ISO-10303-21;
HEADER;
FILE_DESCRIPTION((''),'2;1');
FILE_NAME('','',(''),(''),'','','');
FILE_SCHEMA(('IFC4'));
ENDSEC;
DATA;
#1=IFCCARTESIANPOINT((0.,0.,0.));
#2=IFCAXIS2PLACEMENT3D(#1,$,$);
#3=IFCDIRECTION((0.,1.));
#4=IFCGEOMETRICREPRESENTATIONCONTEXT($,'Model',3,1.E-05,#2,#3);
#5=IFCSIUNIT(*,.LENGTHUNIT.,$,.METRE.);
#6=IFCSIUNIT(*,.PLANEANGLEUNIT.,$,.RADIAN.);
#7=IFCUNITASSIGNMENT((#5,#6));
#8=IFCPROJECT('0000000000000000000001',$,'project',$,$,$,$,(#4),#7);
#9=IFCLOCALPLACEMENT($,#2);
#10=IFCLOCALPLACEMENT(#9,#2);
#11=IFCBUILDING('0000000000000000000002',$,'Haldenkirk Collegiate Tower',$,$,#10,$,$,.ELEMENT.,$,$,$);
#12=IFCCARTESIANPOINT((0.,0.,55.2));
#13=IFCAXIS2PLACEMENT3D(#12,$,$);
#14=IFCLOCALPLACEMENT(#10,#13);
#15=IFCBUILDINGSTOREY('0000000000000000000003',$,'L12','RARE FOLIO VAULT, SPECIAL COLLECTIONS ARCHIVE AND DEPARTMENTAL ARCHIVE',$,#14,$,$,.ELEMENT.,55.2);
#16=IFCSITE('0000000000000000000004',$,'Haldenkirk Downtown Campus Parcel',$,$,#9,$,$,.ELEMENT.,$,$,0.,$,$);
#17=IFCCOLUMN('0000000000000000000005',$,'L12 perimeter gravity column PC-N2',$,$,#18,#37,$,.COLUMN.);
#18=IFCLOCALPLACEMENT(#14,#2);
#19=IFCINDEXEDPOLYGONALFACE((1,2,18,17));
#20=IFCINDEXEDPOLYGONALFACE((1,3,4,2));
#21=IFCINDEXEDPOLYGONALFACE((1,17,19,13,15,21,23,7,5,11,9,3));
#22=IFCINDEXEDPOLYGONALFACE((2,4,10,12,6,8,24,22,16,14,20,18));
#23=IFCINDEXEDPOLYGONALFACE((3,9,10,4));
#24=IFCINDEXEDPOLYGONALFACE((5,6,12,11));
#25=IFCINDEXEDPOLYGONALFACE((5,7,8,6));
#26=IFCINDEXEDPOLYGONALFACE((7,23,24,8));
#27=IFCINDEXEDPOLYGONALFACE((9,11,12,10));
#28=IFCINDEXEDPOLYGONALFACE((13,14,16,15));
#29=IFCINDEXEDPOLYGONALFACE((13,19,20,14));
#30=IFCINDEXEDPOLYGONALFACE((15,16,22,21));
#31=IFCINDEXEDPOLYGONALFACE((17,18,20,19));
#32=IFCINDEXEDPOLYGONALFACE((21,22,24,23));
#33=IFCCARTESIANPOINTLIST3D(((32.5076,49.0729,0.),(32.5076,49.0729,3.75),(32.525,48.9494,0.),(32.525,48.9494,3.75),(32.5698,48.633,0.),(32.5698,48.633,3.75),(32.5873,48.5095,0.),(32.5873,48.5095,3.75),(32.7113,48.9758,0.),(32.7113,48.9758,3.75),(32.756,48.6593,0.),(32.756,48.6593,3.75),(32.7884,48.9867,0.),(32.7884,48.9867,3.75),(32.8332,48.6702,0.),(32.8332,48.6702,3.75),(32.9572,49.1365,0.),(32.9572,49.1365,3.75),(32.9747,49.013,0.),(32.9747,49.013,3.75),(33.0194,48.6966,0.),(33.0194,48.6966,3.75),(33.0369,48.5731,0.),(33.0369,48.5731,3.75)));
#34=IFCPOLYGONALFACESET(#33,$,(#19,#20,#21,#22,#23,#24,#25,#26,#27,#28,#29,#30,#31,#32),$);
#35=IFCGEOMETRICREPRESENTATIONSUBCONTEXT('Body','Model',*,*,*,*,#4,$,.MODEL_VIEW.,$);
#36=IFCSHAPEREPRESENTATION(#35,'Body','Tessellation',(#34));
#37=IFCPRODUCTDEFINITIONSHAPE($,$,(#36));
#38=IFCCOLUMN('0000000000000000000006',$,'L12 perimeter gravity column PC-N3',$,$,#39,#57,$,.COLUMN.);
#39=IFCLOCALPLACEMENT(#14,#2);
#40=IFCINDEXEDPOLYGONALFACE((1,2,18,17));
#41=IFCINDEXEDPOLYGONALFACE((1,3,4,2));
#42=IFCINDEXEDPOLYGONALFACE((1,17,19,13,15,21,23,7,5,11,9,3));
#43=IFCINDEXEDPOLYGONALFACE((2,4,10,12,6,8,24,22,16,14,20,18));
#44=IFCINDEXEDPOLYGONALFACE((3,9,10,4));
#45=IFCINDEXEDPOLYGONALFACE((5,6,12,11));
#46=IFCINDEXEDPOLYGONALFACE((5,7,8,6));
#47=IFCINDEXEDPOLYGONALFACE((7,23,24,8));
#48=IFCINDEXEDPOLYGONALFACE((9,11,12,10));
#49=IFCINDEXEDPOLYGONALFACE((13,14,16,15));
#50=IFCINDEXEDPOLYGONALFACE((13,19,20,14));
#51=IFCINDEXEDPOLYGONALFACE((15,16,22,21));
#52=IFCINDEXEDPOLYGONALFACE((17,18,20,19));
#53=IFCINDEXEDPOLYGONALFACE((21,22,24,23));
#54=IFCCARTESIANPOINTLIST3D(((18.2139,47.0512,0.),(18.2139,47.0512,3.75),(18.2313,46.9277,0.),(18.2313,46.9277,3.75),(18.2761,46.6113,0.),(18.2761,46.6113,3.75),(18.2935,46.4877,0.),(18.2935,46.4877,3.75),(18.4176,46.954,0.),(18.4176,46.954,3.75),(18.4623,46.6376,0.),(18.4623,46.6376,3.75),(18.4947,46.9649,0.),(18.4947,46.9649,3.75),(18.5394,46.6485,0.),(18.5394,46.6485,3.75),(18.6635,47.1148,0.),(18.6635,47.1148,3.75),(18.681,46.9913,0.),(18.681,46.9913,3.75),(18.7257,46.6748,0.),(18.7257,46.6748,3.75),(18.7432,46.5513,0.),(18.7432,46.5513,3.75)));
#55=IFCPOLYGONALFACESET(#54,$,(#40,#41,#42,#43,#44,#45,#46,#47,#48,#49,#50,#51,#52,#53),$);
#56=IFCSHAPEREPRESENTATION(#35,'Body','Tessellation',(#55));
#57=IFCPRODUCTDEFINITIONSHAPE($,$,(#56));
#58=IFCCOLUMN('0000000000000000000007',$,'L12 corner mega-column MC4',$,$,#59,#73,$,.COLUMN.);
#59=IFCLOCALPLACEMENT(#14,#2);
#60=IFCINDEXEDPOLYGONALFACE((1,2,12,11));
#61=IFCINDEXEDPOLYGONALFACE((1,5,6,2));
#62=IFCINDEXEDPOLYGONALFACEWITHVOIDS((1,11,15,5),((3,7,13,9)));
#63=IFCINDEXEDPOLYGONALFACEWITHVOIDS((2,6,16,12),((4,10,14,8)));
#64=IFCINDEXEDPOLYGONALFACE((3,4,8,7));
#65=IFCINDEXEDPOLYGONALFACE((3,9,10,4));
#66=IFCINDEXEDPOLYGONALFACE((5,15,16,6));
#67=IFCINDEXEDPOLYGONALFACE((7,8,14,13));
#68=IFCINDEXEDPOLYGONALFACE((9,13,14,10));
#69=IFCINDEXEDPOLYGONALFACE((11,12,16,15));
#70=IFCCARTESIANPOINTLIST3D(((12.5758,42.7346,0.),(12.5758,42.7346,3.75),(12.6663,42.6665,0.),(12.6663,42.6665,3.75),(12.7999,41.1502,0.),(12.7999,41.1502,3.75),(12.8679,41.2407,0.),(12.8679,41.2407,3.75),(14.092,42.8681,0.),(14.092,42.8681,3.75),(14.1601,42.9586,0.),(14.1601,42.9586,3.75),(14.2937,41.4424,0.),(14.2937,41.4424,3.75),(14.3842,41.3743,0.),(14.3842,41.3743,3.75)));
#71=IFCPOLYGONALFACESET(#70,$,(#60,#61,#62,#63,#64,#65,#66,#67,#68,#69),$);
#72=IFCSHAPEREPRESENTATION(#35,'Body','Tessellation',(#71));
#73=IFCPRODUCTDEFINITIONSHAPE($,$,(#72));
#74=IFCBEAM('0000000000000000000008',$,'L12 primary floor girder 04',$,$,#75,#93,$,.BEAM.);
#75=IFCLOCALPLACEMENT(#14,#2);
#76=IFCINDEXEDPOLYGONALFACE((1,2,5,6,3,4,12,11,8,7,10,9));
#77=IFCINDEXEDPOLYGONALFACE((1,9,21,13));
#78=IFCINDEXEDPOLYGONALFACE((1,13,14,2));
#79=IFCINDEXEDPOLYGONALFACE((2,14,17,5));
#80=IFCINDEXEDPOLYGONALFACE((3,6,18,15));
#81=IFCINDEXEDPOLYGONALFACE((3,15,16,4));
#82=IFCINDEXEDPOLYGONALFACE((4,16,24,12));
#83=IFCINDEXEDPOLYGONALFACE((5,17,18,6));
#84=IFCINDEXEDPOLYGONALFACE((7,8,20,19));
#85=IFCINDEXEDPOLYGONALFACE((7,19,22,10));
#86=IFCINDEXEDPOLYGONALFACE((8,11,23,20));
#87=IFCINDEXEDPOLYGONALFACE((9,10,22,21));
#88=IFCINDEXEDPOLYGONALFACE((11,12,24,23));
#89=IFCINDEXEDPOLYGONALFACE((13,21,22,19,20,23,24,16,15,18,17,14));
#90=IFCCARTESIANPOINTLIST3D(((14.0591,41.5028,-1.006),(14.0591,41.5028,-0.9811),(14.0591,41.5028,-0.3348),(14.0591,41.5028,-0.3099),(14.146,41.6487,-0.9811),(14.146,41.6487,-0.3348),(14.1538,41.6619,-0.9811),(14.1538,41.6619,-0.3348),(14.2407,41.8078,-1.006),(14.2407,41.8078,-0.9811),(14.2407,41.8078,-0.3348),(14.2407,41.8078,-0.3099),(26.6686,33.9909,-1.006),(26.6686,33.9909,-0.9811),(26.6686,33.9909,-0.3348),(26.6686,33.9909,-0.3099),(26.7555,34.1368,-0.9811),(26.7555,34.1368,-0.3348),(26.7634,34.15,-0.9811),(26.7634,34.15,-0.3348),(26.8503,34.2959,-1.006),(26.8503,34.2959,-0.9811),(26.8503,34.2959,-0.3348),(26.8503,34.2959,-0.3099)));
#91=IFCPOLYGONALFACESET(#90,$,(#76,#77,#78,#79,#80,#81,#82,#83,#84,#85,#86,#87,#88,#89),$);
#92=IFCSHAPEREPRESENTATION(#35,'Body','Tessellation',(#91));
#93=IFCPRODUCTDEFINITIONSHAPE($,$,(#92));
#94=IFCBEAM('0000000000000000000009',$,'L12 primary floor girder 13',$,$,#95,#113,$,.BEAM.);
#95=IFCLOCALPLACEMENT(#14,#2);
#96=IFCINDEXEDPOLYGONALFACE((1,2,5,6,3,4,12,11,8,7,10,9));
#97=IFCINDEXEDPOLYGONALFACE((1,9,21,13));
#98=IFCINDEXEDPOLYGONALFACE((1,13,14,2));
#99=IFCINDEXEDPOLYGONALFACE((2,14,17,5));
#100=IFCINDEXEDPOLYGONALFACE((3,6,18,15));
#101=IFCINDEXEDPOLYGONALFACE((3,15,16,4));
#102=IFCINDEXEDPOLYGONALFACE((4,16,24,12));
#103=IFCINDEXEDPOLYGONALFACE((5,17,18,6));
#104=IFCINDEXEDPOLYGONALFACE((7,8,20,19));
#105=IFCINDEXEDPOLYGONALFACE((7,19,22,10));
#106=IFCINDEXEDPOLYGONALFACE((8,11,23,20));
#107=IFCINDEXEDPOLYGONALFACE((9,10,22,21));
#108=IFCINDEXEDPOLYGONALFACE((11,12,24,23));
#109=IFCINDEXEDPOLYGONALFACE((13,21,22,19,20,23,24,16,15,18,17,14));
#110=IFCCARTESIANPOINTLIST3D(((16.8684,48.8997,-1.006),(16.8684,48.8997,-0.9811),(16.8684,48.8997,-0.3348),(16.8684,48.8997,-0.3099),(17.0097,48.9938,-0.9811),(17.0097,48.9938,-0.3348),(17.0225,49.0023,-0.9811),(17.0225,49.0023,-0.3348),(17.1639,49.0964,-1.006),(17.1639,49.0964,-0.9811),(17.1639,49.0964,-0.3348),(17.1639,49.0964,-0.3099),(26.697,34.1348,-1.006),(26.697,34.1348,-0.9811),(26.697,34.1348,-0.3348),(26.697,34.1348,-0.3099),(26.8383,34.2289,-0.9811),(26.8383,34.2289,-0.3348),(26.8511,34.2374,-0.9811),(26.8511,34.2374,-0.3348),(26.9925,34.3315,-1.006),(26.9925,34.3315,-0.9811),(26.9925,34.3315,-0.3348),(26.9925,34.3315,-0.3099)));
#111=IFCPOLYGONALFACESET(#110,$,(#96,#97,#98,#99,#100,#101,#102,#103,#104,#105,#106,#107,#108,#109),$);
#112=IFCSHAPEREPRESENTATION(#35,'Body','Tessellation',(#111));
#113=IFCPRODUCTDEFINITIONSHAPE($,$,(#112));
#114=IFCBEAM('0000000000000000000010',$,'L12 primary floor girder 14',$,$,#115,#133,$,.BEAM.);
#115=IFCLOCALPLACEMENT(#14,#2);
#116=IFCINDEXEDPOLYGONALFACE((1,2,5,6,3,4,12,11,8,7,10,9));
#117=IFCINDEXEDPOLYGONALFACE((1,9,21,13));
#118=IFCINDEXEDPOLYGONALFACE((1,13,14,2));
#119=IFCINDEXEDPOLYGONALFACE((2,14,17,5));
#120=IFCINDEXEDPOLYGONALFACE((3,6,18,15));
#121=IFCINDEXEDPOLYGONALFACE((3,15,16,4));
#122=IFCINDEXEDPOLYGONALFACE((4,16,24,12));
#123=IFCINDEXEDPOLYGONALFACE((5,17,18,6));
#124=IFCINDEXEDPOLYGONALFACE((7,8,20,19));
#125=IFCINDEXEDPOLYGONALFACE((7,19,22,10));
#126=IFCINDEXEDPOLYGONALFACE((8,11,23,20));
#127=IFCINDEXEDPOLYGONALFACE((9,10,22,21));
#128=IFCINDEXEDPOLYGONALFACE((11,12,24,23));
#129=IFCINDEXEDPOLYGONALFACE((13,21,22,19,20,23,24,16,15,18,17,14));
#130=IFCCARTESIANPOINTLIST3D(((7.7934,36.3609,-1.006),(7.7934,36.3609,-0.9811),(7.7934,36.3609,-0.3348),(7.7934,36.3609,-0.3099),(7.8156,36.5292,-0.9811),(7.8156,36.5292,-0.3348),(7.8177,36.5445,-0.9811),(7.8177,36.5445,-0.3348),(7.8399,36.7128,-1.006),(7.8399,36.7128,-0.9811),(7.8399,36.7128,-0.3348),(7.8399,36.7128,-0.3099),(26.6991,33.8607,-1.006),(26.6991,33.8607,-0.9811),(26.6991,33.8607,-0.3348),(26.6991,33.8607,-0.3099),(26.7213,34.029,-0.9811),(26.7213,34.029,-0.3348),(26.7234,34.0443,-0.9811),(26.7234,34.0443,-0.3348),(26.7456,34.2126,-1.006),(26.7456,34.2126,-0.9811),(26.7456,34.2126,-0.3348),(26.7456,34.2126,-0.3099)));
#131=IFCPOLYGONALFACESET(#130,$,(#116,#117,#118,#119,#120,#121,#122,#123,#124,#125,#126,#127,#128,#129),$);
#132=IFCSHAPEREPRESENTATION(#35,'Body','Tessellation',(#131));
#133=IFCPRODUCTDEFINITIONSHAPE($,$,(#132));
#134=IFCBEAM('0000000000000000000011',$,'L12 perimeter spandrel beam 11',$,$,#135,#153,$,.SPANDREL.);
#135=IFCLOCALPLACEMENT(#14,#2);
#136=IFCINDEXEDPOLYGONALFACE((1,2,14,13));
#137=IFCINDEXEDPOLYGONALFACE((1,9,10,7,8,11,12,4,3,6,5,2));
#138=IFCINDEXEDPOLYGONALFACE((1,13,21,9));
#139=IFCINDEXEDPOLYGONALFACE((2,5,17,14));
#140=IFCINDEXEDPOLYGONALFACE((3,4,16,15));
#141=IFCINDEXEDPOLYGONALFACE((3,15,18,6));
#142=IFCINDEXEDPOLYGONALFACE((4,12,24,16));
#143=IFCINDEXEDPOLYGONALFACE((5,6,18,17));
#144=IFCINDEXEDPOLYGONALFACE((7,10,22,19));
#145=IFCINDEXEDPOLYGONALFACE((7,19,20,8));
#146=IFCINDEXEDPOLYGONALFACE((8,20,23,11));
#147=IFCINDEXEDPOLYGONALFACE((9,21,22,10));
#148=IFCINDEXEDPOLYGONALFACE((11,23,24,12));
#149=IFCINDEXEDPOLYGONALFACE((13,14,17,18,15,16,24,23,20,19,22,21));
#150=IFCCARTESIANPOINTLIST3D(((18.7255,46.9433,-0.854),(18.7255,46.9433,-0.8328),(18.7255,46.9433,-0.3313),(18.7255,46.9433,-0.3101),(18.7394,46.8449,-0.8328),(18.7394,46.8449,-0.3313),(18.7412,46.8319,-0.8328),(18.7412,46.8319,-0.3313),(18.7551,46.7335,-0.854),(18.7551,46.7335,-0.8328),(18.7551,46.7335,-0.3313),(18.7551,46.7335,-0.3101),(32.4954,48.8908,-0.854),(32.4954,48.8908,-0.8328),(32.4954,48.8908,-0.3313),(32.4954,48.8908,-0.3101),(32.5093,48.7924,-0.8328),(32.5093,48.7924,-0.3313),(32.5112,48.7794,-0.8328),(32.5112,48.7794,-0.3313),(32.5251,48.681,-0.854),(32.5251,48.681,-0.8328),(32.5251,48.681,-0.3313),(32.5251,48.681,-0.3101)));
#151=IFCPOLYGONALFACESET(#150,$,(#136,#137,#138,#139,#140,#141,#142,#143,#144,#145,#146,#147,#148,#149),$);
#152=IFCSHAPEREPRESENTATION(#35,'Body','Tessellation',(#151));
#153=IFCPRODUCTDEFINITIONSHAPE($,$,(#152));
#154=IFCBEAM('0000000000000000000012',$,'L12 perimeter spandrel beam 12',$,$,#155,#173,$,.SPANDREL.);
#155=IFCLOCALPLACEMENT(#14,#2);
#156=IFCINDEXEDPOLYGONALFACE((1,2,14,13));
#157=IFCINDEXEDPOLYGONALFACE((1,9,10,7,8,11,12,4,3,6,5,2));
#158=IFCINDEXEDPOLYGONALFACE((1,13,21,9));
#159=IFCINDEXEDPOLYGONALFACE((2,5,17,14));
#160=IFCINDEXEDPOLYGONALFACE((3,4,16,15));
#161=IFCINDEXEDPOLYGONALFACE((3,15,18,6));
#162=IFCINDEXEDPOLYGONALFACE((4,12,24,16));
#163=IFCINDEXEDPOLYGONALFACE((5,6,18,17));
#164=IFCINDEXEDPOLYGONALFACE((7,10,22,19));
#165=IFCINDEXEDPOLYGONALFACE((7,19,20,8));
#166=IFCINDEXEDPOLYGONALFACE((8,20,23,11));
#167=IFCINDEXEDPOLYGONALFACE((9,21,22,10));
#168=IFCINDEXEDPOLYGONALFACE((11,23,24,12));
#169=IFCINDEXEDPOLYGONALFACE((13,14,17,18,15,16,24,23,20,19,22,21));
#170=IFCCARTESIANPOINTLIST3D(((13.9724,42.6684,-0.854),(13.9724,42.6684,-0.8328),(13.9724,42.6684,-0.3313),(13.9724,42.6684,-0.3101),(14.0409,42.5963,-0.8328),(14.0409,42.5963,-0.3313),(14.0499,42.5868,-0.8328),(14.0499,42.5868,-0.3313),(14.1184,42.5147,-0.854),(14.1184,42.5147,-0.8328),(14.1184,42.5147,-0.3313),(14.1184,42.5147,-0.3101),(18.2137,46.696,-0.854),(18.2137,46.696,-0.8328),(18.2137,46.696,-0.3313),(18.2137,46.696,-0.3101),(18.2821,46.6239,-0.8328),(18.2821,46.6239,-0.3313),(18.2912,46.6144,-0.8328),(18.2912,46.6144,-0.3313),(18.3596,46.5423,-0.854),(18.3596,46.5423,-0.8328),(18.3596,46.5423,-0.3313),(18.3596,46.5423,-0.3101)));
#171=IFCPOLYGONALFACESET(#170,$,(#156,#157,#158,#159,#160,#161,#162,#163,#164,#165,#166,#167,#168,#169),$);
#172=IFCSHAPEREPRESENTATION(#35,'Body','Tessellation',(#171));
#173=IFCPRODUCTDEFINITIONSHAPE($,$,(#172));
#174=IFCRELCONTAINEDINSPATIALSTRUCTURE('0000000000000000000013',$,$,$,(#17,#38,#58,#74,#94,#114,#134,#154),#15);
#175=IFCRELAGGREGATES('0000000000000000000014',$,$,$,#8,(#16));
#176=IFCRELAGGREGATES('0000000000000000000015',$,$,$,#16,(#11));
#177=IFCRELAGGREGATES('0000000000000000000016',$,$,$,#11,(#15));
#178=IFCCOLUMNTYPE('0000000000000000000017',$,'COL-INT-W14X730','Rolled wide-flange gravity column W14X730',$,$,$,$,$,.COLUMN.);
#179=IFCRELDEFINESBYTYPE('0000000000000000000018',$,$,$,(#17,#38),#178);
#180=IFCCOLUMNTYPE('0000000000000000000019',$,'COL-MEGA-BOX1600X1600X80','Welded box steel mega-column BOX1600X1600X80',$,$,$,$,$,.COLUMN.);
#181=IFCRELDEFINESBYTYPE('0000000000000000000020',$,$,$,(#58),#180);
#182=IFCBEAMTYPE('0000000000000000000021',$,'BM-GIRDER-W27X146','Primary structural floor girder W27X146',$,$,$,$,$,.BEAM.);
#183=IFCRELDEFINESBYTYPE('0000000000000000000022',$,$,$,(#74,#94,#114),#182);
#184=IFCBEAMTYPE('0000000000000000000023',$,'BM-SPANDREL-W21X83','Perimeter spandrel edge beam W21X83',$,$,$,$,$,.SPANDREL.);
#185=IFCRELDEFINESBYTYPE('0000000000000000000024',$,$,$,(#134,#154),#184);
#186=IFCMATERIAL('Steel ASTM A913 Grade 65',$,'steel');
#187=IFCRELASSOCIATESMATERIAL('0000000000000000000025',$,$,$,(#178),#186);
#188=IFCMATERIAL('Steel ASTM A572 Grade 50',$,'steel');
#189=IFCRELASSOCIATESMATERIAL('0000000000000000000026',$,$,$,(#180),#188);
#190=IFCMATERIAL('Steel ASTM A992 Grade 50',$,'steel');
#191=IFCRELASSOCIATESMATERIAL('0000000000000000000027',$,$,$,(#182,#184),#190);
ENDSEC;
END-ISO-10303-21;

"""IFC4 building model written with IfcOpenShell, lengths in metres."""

from ifc_helpers import new_model, si_unit, direction, frame, origin, origin_2d, place, context, subcontext, project, spatial, hollow_rectangle, i_section, extrude, material, material_profile, profile_set, type_object, element, save


model = new_model("IFC4")

# Units and contexts
model_context = context("Model", 3, precision=1e-05, world=origin(), true_north=direction((0.0, 1.0)))
body_context = subcontext(model_context, "Body", "Model", "MODEL_VIEW")
ifc_project = project(units=[si_unit("LENGTHUNIT", "METRE"), si_unit("PLANEANGLEUNIT", "RADIAN")], contexts=[model_context])

# Site, building, storey
site_placement = place(None, origin())
site = spatial("IfcSite", under=ifc_project, at=site_placement, Name="Haldenkirk Downtown Campus Parcel", CompositionType="ELEMENT", RefElevation=0.0)
building_placement = place(site_placement, origin())
building = spatial("IfcBuilding", under=site, at=building_placement, Name="Haldenkirk Collegiate Tower", CompositionType="ELEMENT")
storey_placement = place(building_placement, frame((0.0, 0.0, 55.2)))
storey = spatial("IfcBuildingStorey", under=building, at=storey_placement, Name="L12", Description="RARE FOLIO VAULT, SPECIAL COLLECTIONS ARCHIVE AND DEPARTMENTAL ARCHIVE", CompositionType="ELEMENT", Elevation=55.2)

# Columns
ifc_material_1 = material(Name="Steel ASTM A913 Grade 65", Category="steel")
ifc_material_profile_1 = material_profile(ifc_material_1, i_section(OverallWidth=0.4541, OverallDepth=0.5691, WebThickness=0.0779, FlangeThickness=0.1248, at=origin_2d()), Name="W14X730")
ifc_profile_set_1 = profile_set([ifc_material_profile_1], Name="Steel ASTM A913 Grade 65")
column_type_1 = type_object("IfcColumnType", Name="COL-INT-W14X730", Description="Rolled wide-flange gravity column W14X730", PredefinedType="COLUMN", material=ifc_profile_set_1)
for number, where, z_axis, x_axis, name in (
    (1, (32.7722, 48.823, 0.0), (0.0, 0.0, 1.0), (0.990146, 0.140037, 0.0), "L12 perimeter gravity column PC-N2"),
    (2, (18.4785, 46.8013, 0.0), (0.0, 0.0, 1.0), (0.990146, 0.140037, 0.0), "L12 perimeter gravity column PC-N3"),
):
    element("IfcColumn", number, at=place(storey_placement, frame(where, z_axis=z_axis, x_axis=x_axis)), inside=storey, type_object=column_type_1, Name=name, PredefinedType="COLUMN", context=body_context, shape_type="SweptSolid", body=[
        extrude(i_section(OverallWidth=0.4541, OverallDepth=0.5691, WebThickness=0.0779, FlangeThickness=0.1248, at=origin_2d()), origin(), (0.0, 0.0, 1.0), 3.75),
    ])
ifc_material_2 = material(Name="Steel ASTM A572 Grade 50", Category="steel")
ifc_material_profile_2 = material_profile(ifc_material_2, hollow_rectangle(XDim=1.6001, YDim=1.6001, WallThickness=0.0801, at=origin_2d()), Name="BOX1600X1600X80")
ifc_profile_set_2 = profile_set([ifc_material_profile_2], Name="Steel ASTM A572 Grade 50")
column_type_2 = type_object("IfcColumnType", Name="COL-MEGA-BOX1600X1600X80", Description="Welded box steel mega-column BOX1600X1600X80", PredefinedType="COLUMN", material=ifc_profile_set_2)
column_placement = place(storey_placement, frame((13.48, 42.0544, 0.0), z_axis=(0.0, 0.0, 1.0), x_axis=(0.990146, 0.140037, 0.0)))
element("IfcColumn", 3, at=column_placement, inside=storey, type_object=column_type_2, Name="L12 corner mega-column MC4", PredefinedType="COLUMN", context=body_context, shape_type="SweptSolid", body=[
    extrude(hollow_rectangle(XDim=1.6001, YDim=1.6001, WallThickness=0.0801, at=origin_2d()), origin(), (0.0, 0.0, 1.0), 3.75),
])

# Beams
ifc_material_3 = material(Name="Steel ASTM A992 Grade 50", Category="steel")
ifc_material_profile_3 = material_profile(ifc_material_3, i_section(OverallWidth=0.355, OverallDepth=0.696, WebThickness=0.0154, FlangeThickness=0.0249, at=origin_2d()), Name="W27X146")
ifc_profile_set_3 = profile_set([ifc_material_profile_3], Name="Steel ASTM A992 Grade 50")
beam_type_1 = type_object("IfcBeamType", Name="BM-GIRDER-W27X146", Description="Primary structural floor girder W27X146", PredefinedType="BEAM", material=ifc_profile_set_3)
beam_1_placement = place(storey_placement, frame((14.1499, 41.6553, -0.658), z_axis=(0.859106, -0.511798, 0.0), x_axis=(0.511798, 0.859106, 0.0)))
element("IfcBeam", 4, at=beam_1_placement, inside=storey, type_object=beam_type_1, Name="L12 primary floor girder 04", PredefinedType="BEAM", context=body_context, shape_type="SweptSolid", body=[
    extrude(i_section(OverallWidth=0.355, OverallDepth=0.696, WebThickness=0.0154, FlangeThickness=0.0249, at=origin_2d()), origin(), (0.0, 0.0, 1.0), 14.6775),
])
beam_2_placement = place(storey_placement, frame((17.0161, 48.998, -0.658), z_axis=(0.554128, -0.832431, 0.0), x_axis=(0.832431, 0.554128, 0.0)))
element("IfcBeam", 5, at=beam_2_placement, inside=storey, type_object=beam_type_1, Name="L12 primary floor girder 13", PredefinedType="BEAM", context=body_context, shape_type="SweptSolid", body=[
    extrude(i_section(OverallWidth=0.355, OverallDepth=0.696, WebThickness=0.0154, FlangeThickness=0.0249, at=origin_2d()), origin(), (0.0, 0.0, 1.0), 17.7371),
])
beam_3_placement = place(storey_placement, frame((7.8167, 36.5369, -0.658), z_axis=(0.991368, -0.131106, 0.0), x_axis=(0.131106, 0.991368, 0.0)))
element("IfcBeam", 6, at=beam_3_placement, inside=storey, type_object=beam_type_1, Name="L12 primary floor girder 14", PredefinedType="BEAM", context=body_context, shape_type="SweptSolid", body=[
    extrude(i_section(OverallWidth=0.355, OverallDepth=0.696, WebThickness=0.0154, FlangeThickness=0.0249, at=origin_2d()), origin(), (0.0, 0.0, 1.0), 19.0703),
])
ifc_material_profile_4 = material_profile(ifc_material_3, i_section(OverallWidth=0.2119, OverallDepth=0.5439, WebThickness=0.0132, FlangeThickness=0.0212, at=origin_2d()), Name="W21X83")
ifc_profile_set_4 = profile_set([ifc_material_profile_4], Name="Steel ASTM A992 Grade 50")
beam_type_2 = type_object("IfcBeamType", Name="BM-SPANDREL-W21X83", Description="Perimeter spandrel edge beam W21X83", PredefinedType="SPANDREL", material=ifc_profile_set_4)
beam_4_placement = place(storey_placement, frame((32.5103, 48.7859, -0.582), z_axis=(-0.990146, -0.140038, 0.0), x_axis=(0.140038, -0.990146, 0.0)))
element("IfcBeam", 7, at=beam_4_placement, inside=storey, type_object=beam_type_2, Name="L12 perimeter spandrel beam 11", PredefinedType="SPANDREL", context=body_context, shape_type="SweptSolid", body=[
    extrude(i_section(OverallWidth=0.2119, OverallDepth=0.5439, WebThickness=0.0132, FlangeThickness=0.0212, at=origin_2d()), origin(), (0.0, 0.0, 1.0), 13.907),
])
beam_5_placement = place(storey_placement, frame((18.2866, 46.6191, -0.582), z_axis=(-0.725133, -0.688609, 0.0), x_axis=(0.688609, -0.725133, 0.0)))
element("IfcBeam", 8, at=beam_5_placement, inside=storey, type_object=beam_type_2, Name="L12 perimeter spandrel beam 12", PredefinedType="SPANDREL", context=body_context, shape_type="SweptSolid", body=[
    extrude(i_section(OverallWidth=0.2119, OverallDepth=0.5439, WebThickness=0.0132, FlangeThickness=0.0212, at=origin_2d()), origin(), (0.0, 0.0, 1.0), 5.8489),
])

save(model, "model.ifc")
